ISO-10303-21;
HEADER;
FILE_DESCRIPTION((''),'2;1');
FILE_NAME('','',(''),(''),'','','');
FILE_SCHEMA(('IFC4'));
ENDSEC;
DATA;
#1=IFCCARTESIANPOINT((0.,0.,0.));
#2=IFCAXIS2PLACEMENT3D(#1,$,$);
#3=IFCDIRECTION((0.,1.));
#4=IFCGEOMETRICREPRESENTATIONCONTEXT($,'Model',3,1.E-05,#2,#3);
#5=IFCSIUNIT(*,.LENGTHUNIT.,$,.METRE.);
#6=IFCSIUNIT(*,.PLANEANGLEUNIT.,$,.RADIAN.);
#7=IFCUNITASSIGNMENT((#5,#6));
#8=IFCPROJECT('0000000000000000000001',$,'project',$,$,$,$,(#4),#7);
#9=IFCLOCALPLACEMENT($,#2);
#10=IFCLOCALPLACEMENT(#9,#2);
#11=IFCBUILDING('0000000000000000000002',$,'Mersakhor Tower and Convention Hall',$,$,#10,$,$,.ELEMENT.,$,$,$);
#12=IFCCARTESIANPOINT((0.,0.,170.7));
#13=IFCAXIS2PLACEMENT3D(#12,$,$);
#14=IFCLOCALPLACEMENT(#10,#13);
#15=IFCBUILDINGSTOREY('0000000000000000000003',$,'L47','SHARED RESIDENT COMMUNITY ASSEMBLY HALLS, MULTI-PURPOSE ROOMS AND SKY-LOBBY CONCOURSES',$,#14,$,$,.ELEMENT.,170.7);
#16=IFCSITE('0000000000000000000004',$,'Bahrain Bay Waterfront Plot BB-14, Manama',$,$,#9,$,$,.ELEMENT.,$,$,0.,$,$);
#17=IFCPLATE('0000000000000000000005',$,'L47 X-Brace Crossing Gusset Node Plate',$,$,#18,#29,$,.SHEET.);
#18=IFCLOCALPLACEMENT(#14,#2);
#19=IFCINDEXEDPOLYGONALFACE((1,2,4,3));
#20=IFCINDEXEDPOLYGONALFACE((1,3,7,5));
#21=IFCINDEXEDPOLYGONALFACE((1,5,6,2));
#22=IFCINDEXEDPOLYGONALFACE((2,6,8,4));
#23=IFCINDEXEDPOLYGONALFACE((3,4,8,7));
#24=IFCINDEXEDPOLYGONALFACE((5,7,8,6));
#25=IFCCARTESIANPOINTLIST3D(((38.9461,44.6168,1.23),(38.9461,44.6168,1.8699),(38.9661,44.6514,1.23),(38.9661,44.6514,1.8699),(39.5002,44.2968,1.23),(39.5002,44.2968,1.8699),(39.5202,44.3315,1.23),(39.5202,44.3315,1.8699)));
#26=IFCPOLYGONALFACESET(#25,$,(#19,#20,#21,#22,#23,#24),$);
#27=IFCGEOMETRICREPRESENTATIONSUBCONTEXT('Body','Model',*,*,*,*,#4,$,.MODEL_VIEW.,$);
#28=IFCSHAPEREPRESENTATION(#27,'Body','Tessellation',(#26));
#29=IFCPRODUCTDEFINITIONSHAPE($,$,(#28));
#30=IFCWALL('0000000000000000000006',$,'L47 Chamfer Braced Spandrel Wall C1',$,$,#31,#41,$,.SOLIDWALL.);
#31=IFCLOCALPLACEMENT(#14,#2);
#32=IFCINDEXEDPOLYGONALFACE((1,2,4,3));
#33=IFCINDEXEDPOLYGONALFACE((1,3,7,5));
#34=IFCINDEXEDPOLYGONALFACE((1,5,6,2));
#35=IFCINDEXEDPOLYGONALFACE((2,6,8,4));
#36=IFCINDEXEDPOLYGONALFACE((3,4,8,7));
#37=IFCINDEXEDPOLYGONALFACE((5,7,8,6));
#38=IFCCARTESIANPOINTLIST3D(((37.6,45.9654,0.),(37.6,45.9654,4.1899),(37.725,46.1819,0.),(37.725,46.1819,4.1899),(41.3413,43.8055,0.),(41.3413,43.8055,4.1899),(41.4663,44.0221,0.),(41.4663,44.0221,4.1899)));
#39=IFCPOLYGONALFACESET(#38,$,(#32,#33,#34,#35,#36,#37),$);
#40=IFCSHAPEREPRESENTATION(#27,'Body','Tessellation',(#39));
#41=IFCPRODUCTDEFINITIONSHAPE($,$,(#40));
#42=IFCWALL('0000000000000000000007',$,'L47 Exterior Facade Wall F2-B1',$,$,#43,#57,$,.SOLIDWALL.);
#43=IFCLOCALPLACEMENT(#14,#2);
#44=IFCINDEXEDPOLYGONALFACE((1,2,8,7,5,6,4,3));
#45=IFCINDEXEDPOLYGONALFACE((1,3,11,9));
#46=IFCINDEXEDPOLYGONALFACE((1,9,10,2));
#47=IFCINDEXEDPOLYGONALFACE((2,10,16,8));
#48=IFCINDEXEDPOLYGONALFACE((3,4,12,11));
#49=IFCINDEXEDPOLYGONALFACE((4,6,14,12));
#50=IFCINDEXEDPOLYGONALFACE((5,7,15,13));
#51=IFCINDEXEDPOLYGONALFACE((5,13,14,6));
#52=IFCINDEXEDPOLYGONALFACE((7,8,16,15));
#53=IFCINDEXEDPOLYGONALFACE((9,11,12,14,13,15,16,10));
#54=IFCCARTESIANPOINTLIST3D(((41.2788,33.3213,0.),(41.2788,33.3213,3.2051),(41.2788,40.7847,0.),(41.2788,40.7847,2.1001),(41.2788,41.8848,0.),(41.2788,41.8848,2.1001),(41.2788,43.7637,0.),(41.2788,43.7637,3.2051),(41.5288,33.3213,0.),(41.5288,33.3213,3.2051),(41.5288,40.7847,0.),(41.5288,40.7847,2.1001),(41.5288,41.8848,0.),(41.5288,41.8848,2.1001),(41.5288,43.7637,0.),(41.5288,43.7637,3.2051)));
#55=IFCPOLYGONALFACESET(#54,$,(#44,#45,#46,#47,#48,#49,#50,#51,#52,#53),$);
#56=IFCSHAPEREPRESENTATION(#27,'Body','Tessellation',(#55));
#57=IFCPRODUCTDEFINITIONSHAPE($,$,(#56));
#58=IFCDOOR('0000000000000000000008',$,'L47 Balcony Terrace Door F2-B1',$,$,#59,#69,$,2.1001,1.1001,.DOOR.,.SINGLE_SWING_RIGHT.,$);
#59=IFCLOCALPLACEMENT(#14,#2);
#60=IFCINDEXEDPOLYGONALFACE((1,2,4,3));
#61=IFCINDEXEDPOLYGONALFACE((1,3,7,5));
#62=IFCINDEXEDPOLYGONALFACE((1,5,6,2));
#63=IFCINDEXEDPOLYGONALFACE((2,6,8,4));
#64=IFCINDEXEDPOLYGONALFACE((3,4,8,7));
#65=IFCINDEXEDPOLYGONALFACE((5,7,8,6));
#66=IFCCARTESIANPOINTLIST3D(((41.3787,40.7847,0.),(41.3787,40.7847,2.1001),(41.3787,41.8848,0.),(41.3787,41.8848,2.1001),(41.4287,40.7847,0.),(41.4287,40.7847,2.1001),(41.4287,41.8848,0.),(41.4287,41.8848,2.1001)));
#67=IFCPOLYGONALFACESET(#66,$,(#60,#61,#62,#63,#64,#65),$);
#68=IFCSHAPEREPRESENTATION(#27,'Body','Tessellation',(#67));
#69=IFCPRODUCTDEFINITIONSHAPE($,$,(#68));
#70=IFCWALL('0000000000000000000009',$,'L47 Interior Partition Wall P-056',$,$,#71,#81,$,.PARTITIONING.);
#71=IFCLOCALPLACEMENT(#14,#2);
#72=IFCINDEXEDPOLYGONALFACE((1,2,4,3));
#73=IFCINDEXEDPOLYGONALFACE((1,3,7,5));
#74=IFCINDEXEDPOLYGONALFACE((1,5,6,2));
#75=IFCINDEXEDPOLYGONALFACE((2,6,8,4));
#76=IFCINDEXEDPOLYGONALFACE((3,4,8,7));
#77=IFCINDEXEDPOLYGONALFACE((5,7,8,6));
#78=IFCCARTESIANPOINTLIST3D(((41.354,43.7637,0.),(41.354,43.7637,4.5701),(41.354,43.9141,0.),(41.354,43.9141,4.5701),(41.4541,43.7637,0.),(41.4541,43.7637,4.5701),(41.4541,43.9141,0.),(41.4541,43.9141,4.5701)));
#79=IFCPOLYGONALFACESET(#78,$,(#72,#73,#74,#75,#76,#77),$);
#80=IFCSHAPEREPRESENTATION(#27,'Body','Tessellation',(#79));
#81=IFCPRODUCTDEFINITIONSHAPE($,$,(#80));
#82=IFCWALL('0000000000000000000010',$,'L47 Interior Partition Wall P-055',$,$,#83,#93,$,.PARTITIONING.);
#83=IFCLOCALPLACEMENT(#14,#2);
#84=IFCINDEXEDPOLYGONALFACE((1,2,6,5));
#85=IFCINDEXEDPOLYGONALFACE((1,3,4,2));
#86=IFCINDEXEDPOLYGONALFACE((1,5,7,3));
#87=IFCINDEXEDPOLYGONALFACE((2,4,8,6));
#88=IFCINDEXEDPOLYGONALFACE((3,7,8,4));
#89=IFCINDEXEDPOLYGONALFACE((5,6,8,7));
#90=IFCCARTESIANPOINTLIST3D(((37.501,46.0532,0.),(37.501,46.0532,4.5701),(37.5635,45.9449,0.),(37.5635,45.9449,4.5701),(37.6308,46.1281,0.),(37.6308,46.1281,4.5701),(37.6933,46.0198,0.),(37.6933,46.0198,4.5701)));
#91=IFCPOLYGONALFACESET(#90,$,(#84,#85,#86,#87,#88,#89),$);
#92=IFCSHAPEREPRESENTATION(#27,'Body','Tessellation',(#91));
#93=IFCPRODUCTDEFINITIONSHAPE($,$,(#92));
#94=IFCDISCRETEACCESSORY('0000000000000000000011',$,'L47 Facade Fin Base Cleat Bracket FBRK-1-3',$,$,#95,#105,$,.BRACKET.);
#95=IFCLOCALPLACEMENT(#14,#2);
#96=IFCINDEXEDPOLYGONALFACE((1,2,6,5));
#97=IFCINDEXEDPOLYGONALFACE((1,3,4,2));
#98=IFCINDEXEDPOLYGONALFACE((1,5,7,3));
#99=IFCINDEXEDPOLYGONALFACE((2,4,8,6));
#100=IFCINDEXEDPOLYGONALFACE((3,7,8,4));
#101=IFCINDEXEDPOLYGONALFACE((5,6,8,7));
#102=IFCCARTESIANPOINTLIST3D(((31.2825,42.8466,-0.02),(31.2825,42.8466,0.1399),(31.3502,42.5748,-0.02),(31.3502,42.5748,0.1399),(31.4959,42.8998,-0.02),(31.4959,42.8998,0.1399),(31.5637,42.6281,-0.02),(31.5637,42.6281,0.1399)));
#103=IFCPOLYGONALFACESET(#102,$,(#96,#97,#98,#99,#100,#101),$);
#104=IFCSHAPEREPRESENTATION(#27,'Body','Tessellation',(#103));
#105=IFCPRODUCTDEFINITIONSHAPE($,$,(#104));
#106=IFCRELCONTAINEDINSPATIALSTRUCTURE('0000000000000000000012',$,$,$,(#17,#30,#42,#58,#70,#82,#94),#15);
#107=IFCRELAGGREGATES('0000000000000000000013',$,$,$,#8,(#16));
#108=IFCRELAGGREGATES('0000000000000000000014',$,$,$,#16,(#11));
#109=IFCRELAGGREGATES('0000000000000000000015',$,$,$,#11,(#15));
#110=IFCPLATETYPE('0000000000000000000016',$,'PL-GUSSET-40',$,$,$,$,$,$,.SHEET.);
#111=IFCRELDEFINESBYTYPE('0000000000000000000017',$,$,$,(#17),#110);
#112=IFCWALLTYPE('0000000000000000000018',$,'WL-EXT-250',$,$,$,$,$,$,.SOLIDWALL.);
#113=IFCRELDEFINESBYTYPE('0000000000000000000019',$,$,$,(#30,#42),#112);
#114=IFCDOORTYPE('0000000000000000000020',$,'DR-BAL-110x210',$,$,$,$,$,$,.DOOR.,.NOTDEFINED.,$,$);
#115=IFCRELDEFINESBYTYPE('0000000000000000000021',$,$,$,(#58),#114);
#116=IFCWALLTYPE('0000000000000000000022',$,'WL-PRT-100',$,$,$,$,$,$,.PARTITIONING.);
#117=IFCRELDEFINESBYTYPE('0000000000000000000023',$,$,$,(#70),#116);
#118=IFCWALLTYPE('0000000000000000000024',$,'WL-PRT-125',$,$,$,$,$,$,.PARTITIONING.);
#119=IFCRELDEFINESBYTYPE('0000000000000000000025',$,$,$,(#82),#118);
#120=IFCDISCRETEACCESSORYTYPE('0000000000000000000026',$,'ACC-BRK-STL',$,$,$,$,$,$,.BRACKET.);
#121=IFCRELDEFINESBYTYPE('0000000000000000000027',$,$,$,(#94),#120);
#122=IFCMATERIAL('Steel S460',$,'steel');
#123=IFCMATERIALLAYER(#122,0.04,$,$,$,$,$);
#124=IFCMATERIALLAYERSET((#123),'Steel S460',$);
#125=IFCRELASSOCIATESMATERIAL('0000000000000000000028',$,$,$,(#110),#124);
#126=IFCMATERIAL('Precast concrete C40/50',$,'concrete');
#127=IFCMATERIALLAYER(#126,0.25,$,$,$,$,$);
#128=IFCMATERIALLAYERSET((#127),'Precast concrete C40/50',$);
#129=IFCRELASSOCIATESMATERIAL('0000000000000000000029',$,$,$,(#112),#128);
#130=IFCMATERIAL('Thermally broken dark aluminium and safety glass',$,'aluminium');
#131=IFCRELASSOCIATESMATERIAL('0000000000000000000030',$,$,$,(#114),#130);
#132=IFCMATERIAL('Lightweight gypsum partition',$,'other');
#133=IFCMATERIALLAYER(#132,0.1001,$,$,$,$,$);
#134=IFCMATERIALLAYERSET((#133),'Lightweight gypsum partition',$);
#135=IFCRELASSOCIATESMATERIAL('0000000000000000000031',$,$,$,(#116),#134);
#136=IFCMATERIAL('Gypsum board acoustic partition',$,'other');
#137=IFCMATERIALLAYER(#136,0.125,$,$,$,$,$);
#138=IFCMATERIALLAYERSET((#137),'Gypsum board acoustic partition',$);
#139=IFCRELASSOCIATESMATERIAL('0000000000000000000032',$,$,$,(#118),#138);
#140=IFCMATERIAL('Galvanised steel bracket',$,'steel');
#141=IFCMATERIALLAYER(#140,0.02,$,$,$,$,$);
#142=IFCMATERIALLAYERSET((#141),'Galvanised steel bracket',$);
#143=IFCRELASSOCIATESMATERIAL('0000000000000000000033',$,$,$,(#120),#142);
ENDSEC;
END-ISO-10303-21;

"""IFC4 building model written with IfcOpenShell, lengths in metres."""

from ifc_helpers import new_model, si_unit, direction, frame, frame_2d, origin, origin_2d, place, context, subcontext, project, spatial, rectangle, extrude, material, layer, layer_set, type_object, element, fill, save


model = new_model("IFC4")

# Units and contexts
model_context = context("Model", 3, precision=1e-05, world=origin(), true_north=direction((0.0, 1.0)))
body_context = subcontext(model_context, "Body", "Model", "MODEL_VIEW")
ifc_project = project(units=[si_unit("LENGTHUNIT", "METRE"), si_unit("PLANEANGLEUNIT", "RADIAN")], contexts=[model_context])

# Site, building, storey
site_placement = place(None, origin())
site = spatial("IfcSite", under=ifc_project, at=site_placement, Name="Bahrain Bay Waterfront Plot BB-14, Manama", CompositionType="ELEMENT", RefElevation=0.0)
building_placement = place(site_placement, origin())
building = spatial("IfcBuilding", under=site, at=building_placement, Name="Mersakhor Tower and Convention Hall", CompositionType="ELEMENT")
storey_placement = place(building_placement, frame((0.0, 0.0, 170.7)))
storey = spatial("IfcBuildingStorey", under=building, at=storey_placement, Name="L47", Description="SHARED RESIDENT COMMUNITY ASSEMBLY HALLS, MULTI-PURPOSE ROOMS AND SKY-LOBBY CONCOURSES", CompositionType="ELEMENT", Elevation=170.7)

# Plate
ifc_material_1 = material(Name="Steel S460", Category="steel")
ifc_layer_1 = layer(ifc_material_1, 0.04)
ifc_layer_set_1 = layer_set([ifc_layer_1], Name="Steel S460")
plate_type_1 = type_object("IfcPlateType", Name="PL-GUSSET-40", PredefinedType="SHEET", material=ifc_layer_set_1)
plate_1_placement = place(storey_placement, frame((39.2332, 44.4741, 1.23), z_axis=(0.0, 0.0, 1.0), x_axis=(-0.866025, 0.5, 0.0)))
element("IfcPlate", 1, at=plate_1_placement, inside=storey, type_object=plate_type_1, Name="L47 X-Brace Crossing Gusset Node Plate", PredefinedType="SHEET", context=body_context, shape_type="SweptSolid", body=[
    extrude(rectangle(XDim=0.6399, YDim=0.04, at=origin_2d()), origin(), (0.0, 0.0, 1.0), 0.6399),
])

# Wall
ifc_material_2 = material(Name="Precast concrete C40/50", Category="concrete")
ifc_layer_2 = layer(ifc_material_2, 0.25)
ifc_layer_set_2 = layer_set([ifc_layer_2], Name="Precast concrete C40/50")
wall_type_1 = type_object("IfcWallType", Name="WL-EXT-250", PredefinedType="SOLIDWALL", material=ifc_layer_set_2)
wall_1_placement = place(storey_placement, frame((37.6624, 46.0737, 0.0), z_axis=(0.0, 0.0, 1.0), x_axis=(0.866047, -0.499962, 0.0)))
element("IfcWall", 2, at=wall_1_placement, inside=storey, type_object=wall_type_1, Name="L47 Chamfer Braced Spandrel Wall C1", PredefinedType="SOLIDWALL", context=body_context, shape_type="SweptSolid", body=[
    extrude(rectangle(XDim=4.3201, YDim=0.25, at=frame_2d((2.1602, 0.0))), origin(), (0.0, 0.0, 1.0), 4.1899),
])

# Wall, opening, door
wall_2_placement = place(storey_placement, frame((41.4038, 43.7637, 0.0), z_axis=(0.0, 0.0, 1.0), x_axis=(0.0, -1.0, 0.0)))
wall_2 = element("IfcWall", 3, at=wall_2_placement, inside=storey, type_object=wall_type_1, Name="L47 Exterior Facade Wall F2-B1", PredefinedType="SOLIDWALL", context=body_context, shape_type="SweptSolid", body=[
    extrude(rectangle(XDim=10.4424, YDim=0.25, at=frame_2d((5.2212, 0.0))), origin(), (0.0, 0.0, 1.0), 3.2051),
])
opening_placement = place(wall_2_placement, frame((1.8789, 0.0, 0.0)))
opening = element("IfcOpeningElement", 4, at=opening_placement, cuts=wall_2, PredefinedType="OPENING", context=body_context, shape_type="SweptSolid", body=[
    extrude(rectangle(XDim=1.1001, YDim=2.1001, at=frame_2d((0.55, 1.05))), frame((0.0, 0.135, 0.0), z_axis=(0.0, -1.0, 0.0), x_axis=(1.0, 0.0, 0.0)), (0.0, 0.0, 1.0), 0.27),
])
ifc_material_3 = material(Name="Thermally broken dark aluminium and safety glass", Category="aluminium")
door_type = type_object("IfcDoorType", Name="DR-BAL-110x210", OperationType="NOTDEFINED", PredefinedType="DOOR", material=ifc_material_3)
door_placement = place(opening_placement, origin())
door = element("IfcDoor", 5, at=door_placement, inside=storey, type_object=door_type, Name="L47 Balcony Terrace Door F2-B1", OperationType="SINGLE_SWING_RIGHT", OverallHeight=2.1001, OverallWidth=1.1001, PredefinedType="DOOR", context=body_context, shape_type="SweptSolid", body=[
    extrude(rectangle(XDim=1.1001, YDim=2.1001, at=frame_2d((0.55, 1.05))), frame((0.0, 0.0249, 0.0), z_axis=(0.0, -1.0, 0.0), x_axis=(1.0, 0.0, 0.0)), (0.0, 0.0, 1.0), 0.05),
])
fill(opening, door)

# Walls
ifc_material_4 = material(Name="Lightweight gypsum partition", Category="other")
ifc_layer_3 = layer(ifc_material_4, 0.1001)
ifc_layer_set_3 = layer_set([ifc_layer_3], Name="Lightweight gypsum partition")
wall_type_2 = type_object("IfcWallType", Name="WL-PRT-100", PredefinedType="PARTITIONING", material=ifc_layer_set_3)
wall_3_placement = place(storey_placement, frame((41.4041, 43.9141, 0.0), z_axis=(0.0, 0.0, 1.0), x_axis=(0.0, -1.0, 0.0)))
element("IfcWall", 6, at=wall_3_placement, inside=storey, type_object=wall_type_2, Name="L47 Interior Partition Wall P-056", PredefinedType="PARTITIONING", context=body_context, shape_type="SweptSolid", body=[
    extrude(rectangle(XDim=0.1504, YDim=0.1001, at=frame_2d((0.0752, 0.0))), origin(), (0.0, 0.0, 1.0), 4.5701),
])
ifc_material_5 = material(Name="Gypsum board acoustic partition", Category="other")
ifc_layer_4 = layer(ifc_material_5, 0.125)
ifc_layer_set_4 = layer_set([ifc_layer_4], Name="Gypsum board acoustic partition")
wall_type_3 = type_object("IfcWallType", Name="WL-PRT-125", PredefinedType="PARTITIONING", material=ifc_layer_set_4)
wall_4_placement = place(storey_placement, frame((37.5322, 45.999, 0.0), z_axis=(0.0, 0.0, 1.0), x_axis=(0.866131, 0.499816, 0.0)))
element("IfcWall", 7, at=wall_4_placement, inside=storey, type_object=wall_type_3, Name="L47 Interior Partition Wall P-055", PredefinedType="PARTITIONING", context=body_context, shape_type="SweptSolid", body=[
    extrude(rectangle(XDim=0.1499, YDim=0.125, at=frame_2d((0.075, 0.0))), origin(), (0.0, 0.0, 1.0), 4.5701),
])

# Discrete accessory
ifc_material_6 = material(Name="Galvanised steel bracket", Category="steel")
ifc_layer_5 = layer(ifc_material_6, 0.02)
ifc_layer_set_5 = layer_set([ifc_layer_5], Name="Galvanised steel bracket")
discrete_accessory_type = type_object("IfcDiscreteAccessoryType", Name="ACC-BRK-STL", PredefinedType="BRACKET", material=ifc_layer_set_5)
discrete_accessory_placement = place(storey_placement, frame((31.4231, 42.7373, -0.02), z_axis=(0.0, 0.0, 1.0), x_axis=(-0.241922, 0.970296, 0.0)))
element("IfcDiscreteAccessory", 8, at=discrete_accessory_placement, inside=storey, type_object=discrete_accessory_type, Name="L47 Facade Fin Base Cleat Bracket FBRK-1-3", PredefinedType="BRACKET", context=body_context, shape_type="SweptSolid", body=[
    extrude(rectangle(XDim=0.28, YDim=0.22, at=origin_2d()), origin(), (0.0, 0.0, 1.0), 0.1599),
])

save(model, "model.ifc")
